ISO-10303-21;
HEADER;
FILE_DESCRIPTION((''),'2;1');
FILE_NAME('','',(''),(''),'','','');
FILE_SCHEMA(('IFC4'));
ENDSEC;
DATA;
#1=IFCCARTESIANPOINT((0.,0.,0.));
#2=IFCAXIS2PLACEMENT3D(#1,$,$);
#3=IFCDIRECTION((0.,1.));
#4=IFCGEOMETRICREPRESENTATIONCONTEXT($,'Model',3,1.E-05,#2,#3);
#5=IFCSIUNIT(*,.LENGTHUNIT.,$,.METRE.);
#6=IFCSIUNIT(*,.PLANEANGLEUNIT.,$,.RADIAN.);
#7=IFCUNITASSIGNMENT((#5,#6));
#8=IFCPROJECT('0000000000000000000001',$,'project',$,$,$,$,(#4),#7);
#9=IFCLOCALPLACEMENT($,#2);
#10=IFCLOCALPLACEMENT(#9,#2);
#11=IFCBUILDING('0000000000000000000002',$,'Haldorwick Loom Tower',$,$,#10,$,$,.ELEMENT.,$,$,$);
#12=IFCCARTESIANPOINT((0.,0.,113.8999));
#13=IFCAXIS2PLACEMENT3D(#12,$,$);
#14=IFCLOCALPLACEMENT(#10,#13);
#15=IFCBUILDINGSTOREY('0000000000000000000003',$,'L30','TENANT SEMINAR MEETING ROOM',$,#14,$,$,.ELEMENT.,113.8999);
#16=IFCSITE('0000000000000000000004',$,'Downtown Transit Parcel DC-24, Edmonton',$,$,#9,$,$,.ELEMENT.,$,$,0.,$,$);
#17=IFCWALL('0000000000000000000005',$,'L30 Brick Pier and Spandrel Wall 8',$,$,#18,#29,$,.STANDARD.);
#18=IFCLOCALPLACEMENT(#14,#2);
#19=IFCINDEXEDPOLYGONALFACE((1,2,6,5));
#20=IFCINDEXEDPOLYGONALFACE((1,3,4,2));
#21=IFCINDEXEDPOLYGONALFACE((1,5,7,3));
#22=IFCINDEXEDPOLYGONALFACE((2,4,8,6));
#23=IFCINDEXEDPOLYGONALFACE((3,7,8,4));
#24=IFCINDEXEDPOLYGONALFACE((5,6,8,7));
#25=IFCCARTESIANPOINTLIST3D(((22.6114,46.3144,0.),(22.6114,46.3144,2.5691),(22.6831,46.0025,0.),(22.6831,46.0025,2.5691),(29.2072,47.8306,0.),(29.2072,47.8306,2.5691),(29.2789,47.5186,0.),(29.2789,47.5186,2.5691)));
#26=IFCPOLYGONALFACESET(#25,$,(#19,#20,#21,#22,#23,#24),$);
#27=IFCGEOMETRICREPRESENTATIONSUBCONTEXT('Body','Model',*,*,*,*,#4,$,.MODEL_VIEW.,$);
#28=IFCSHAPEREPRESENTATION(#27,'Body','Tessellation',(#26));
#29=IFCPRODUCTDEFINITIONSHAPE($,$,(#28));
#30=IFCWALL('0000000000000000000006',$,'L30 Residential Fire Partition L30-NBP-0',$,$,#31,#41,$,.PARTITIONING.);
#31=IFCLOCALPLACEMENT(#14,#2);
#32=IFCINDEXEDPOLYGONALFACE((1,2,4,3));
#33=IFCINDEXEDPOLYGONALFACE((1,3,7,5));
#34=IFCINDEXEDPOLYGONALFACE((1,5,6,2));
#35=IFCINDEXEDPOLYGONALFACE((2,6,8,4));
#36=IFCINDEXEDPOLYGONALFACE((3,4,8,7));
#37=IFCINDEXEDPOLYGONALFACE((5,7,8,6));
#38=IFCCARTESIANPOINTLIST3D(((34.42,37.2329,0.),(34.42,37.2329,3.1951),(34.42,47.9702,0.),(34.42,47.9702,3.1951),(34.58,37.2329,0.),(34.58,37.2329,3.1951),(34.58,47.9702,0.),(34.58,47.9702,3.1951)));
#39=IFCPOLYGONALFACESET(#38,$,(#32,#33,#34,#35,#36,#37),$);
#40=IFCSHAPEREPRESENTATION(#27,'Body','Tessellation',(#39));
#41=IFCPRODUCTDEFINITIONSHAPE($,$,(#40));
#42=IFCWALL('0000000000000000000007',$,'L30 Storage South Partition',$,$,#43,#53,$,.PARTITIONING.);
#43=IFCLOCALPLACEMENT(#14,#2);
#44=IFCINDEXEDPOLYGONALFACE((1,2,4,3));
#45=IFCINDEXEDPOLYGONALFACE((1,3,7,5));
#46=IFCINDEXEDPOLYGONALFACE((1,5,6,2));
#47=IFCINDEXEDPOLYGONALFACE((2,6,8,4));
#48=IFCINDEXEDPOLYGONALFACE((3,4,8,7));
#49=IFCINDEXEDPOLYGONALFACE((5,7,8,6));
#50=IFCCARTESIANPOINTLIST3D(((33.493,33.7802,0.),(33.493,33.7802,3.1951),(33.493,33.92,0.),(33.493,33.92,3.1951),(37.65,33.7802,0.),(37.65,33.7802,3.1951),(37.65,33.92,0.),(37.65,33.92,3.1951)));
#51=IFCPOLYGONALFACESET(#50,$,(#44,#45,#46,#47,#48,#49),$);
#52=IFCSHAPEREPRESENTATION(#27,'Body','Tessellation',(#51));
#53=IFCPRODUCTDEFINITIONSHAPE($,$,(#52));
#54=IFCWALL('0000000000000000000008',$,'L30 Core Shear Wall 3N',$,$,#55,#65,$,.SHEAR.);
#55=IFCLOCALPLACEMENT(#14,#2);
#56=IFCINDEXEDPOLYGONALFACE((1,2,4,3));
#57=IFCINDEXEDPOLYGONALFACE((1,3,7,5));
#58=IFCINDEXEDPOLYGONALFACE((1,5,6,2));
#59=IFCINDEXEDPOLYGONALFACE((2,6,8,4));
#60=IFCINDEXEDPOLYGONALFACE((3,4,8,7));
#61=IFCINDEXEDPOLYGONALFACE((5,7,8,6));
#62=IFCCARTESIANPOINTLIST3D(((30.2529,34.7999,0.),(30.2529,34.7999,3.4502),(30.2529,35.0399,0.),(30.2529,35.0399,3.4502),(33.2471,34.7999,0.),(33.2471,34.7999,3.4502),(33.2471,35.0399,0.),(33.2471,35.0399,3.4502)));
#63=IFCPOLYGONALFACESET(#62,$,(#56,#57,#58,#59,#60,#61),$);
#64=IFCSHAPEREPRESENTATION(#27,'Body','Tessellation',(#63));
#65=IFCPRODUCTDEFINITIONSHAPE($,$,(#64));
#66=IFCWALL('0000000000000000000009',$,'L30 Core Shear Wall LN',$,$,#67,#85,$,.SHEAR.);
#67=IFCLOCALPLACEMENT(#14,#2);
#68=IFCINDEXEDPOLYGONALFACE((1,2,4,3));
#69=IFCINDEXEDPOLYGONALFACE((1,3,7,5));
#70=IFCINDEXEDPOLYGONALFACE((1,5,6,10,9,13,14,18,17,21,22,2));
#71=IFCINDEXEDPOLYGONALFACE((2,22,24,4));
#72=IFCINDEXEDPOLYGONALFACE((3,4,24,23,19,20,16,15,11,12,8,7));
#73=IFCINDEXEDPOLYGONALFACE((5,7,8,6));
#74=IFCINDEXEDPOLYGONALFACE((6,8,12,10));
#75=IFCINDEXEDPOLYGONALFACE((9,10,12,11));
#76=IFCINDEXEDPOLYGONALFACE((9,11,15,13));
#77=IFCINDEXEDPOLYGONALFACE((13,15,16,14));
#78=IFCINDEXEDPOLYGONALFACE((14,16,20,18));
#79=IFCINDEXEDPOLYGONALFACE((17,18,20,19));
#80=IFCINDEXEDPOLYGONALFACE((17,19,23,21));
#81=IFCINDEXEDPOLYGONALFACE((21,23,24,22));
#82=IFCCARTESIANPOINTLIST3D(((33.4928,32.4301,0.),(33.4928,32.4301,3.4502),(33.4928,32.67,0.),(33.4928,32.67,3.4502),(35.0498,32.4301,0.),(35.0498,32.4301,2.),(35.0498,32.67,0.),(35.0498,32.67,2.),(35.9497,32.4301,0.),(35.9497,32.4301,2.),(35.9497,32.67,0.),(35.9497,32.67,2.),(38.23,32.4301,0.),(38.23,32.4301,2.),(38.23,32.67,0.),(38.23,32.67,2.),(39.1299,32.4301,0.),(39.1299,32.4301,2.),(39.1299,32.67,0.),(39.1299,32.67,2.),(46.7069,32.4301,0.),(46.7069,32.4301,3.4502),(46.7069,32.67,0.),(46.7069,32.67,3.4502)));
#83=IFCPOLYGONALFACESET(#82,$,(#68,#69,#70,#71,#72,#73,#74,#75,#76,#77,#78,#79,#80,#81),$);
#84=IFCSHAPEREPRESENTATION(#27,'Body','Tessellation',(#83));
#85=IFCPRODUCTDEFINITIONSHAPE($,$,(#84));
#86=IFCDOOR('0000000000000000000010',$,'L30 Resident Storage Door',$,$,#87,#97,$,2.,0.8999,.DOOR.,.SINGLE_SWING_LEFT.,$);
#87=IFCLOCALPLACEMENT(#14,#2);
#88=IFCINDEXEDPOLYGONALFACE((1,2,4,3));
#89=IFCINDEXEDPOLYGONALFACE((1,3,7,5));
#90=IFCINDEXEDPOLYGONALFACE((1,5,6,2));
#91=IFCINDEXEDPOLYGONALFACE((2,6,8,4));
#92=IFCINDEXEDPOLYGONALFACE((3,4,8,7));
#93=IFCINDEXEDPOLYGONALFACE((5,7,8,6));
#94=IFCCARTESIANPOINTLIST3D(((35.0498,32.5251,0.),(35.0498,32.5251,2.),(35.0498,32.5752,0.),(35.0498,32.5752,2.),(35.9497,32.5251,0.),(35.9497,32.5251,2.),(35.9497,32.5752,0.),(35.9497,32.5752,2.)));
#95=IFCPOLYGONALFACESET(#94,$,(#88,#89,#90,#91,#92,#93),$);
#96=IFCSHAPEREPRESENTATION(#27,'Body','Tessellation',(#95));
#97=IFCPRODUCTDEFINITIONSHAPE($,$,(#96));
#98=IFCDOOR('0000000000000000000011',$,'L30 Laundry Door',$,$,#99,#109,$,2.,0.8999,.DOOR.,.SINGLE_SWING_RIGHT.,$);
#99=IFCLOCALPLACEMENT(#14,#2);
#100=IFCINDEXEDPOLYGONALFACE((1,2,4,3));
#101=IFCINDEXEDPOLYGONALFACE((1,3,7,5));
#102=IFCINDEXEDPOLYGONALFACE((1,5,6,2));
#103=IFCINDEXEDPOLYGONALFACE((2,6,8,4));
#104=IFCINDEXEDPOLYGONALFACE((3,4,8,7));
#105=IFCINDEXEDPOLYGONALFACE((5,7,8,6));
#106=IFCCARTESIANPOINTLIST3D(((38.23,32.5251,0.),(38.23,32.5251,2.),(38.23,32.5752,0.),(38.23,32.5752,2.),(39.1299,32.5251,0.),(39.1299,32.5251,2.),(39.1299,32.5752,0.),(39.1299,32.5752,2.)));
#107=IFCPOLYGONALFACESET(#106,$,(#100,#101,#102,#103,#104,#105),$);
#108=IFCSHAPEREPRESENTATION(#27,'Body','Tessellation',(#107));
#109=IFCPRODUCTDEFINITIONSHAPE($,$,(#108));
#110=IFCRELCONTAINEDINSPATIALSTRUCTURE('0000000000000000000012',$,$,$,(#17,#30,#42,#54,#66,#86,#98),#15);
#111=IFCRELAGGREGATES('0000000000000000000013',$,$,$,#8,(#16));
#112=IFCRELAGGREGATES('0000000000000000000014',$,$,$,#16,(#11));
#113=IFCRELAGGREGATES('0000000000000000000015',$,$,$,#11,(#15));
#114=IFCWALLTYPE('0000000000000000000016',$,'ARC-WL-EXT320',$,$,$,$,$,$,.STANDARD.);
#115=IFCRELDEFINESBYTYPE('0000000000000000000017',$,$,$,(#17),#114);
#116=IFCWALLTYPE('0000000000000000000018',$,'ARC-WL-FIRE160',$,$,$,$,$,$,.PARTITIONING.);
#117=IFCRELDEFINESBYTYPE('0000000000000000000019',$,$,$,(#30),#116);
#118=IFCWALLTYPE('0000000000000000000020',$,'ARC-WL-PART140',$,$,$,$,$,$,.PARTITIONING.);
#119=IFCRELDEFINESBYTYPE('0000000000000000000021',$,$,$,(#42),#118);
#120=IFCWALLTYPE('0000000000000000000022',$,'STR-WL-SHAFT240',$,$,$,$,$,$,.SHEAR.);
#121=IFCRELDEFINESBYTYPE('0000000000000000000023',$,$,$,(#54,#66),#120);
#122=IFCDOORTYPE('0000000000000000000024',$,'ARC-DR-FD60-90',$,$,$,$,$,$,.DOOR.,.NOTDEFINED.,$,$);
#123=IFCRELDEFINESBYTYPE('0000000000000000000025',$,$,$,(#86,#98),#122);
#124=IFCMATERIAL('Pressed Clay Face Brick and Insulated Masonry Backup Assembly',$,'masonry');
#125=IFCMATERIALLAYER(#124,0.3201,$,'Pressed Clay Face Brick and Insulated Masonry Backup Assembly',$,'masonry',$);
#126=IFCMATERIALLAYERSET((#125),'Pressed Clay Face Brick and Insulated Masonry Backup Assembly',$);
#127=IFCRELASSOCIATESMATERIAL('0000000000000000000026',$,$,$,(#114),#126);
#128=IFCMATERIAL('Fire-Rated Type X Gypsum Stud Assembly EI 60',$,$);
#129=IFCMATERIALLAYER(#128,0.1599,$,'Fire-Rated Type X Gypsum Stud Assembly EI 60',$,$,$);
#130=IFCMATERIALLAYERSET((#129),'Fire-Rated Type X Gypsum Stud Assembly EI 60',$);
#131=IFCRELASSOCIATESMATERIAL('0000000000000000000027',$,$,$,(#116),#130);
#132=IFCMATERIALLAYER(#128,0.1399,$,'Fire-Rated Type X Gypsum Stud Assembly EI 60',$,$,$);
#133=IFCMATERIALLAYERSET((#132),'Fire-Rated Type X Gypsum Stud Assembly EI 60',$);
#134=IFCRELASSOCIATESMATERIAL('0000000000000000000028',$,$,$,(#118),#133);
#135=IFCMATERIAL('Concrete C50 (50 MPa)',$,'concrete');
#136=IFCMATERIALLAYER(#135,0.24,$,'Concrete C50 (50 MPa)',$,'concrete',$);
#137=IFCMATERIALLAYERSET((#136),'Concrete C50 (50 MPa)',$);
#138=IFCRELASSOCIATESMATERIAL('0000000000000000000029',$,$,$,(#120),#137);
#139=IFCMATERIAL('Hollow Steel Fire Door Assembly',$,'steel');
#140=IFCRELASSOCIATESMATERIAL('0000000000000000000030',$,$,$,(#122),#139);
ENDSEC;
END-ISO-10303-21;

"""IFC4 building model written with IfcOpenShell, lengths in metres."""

from ifc_helpers import new_model, si_unit, direction, frame, frame_2d, origin, place, context, subcontext, project, spatial, rectangle, extrude, material, layer, layer_set, type_object, element, fill, save


model = new_model("IFC4")

# Units and contexts
model_context = context("Model", 3, precision=1e-05, world=origin(), true_north=direction((0.0, 1.0)))
body_context = subcontext(model_context, "Body", "Model", "MODEL_VIEW")
ifc_project = project(units=[si_unit("LENGTHUNIT", "METRE"), si_unit("PLANEANGLEUNIT", "RADIAN")], contexts=[model_context])

# Site, building, storey
site_placement = place(None, origin())
site = spatial("IfcSite", under=ifc_project, at=site_placement, Name="Downtown Transit Parcel DC-24, Edmonton", CompositionType="ELEMENT", RefElevation=0.0)
building_placement = place(site_placement, origin())
building = spatial("IfcBuilding", under=site, at=building_placement, Name="Haldorwick Loom Tower", CompositionType="ELEMENT")
storey_placement = place(building_placement, frame((0.0, 0.0, 113.8999)))
storey = spatial("IfcBuildingStorey", under=building, at=storey_placement, Name="L30", Description="TENANT SEMINAR MEETING ROOM", CompositionType="ELEMENT", Elevation=113.8999)

# Walls
ifc_material_1 = material(Name="Pressed Clay Face Brick and Insulated Masonry Backup Assembly", Category="masonry")
ifc_layer_1 = layer(ifc_material_1, 0.3201, Name="Pressed Clay Face Brick and Insulated Masonry Backup Assembly", Category="masonry")
ifc_layer_set_1 = layer_set([ifc_layer_1], Name="Pressed Clay Face Brick and Insulated Masonry Backup Assembly")
wall_type_1 = type_object("IfcWallType", Name="ARC-WL-EXT320", PredefinedType="STANDARD", material=ifc_layer_set_1)
wall_1_placement = place(storey_placement, frame((29.2429, 47.6746, 0.0), z_axis=(0.0, 0.0, 1.0), x_axis=(-0.974584, -0.224022, 0.0)))
element("IfcWall", 1, at=wall_1_placement, inside=storey, type_object=wall_type_1, Name="L30 Brick Pier and Spandrel Wall 8", PredefinedType="STANDARD", context=body_context, shape_type="SweptSolid", body=[
    extrude(rectangle(XDim=6.7678, YDim=0.3201, at=frame_2d((3.3838, 0.0))), origin(), (0.0, 0.0, 1.0), 2.5691),
])
ifc_material_2 = material(Name="Fire-Rated Type X Gypsum Stud Assembly EI 60")
ifc_layer_2 = layer(ifc_material_2, 0.1599, Name="Fire-Rated Type X Gypsum Stud Assembly EI 60")
ifc_layer_set_2 = layer_set([ifc_layer_2], Name="Fire-Rated Type X Gypsum Stud Assembly EI 60")
wall_type_2 = type_object("IfcWallType", Name="ARC-WL-FIRE160", PredefinedType="PARTITIONING", material=ifc_layer_set_2)
wall_2_placement = place(storey_placement, frame((34.5, 37.2329, 0.0), z_axis=(0.0, 0.0, 1.0), x_axis=(0.0, 1.0, 0.0)))
element("IfcWall", 2, at=wall_2_placement, inside=storey, type_object=wall_type_2, Name="L30 Residential Fire Partition L30-NBP-0", PredefinedType="PARTITIONING", context=body_context, shape_type="SweptSolid", body=[
    extrude(rectangle(XDim=10.7373, YDim=0.1599, at=frame_2d((5.3687, 0.0))), origin(), (0.0, 0.0, 1.0), 3.1951),
])
ifc_layer_3 = layer(ifc_material_2, 0.1399, Name="Fire-Rated Type X Gypsum Stud Assembly EI 60")
ifc_layer_set_3 = layer_set([ifc_layer_3], Name="Fire-Rated Type X Gypsum Stud Assembly EI 60")
wall_type_3 = type_object("IfcWallType", Name="ARC-WL-PART140", PredefinedType="PARTITIONING", material=ifc_layer_set_3)
wall_3_placement = place(storey_placement, frame((33.4929, 33.8501, 0.0), z_axis=(0.0, 0.0, 1.0), x_axis=(1.0, 0.0, 0.0)))
element("IfcWall", 3, at=wall_3_placement, inside=storey, type_object=wall_type_3, Name="L30 Storage South Partition", PredefinedType="PARTITIONING", context=body_context, shape_type="SweptSolid", body=[
    extrude(rectangle(XDim=4.157, YDim=0.1399, at=frame_2d((2.0786, 0.0))), origin(), (0.0, 0.0, 1.0), 3.1951),
])
ifc_material_3 = material(Name="Concrete C50 (50 MPa)", Category="concrete")
ifc_layer_4 = layer(ifc_material_3, 0.24, Name="Concrete C50 (50 MPa)", Category="concrete")
ifc_layer_set_4 = layer_set([ifc_layer_4], Name="Concrete C50 (50 MPa)")
wall_type_4 = type_object("IfcWallType", Name="STR-WL-SHAFT240", PredefinedType="SHEAR", material=ifc_layer_set_4)
wall_4_placement = place(storey_placement, frame((30.2529, 34.9199, 0.0), z_axis=(0.0, 0.0, 1.0), x_axis=(1.0, 0.0, 0.0)))
element("IfcWall", 4, at=wall_4_placement, inside=storey, type_object=wall_type_4, Name="L30 Core Shear Wall 3N", PredefinedType="SHEAR", context=body_context, shape_type="SweptSolid", body=[
    extrude(rectangle(XDim=2.9941, YDim=0.24, at=frame_2d((1.4971, 0.0))), origin(), (0.0, 0.0, 1.0), 3.4502),
])

# Wall, openings, doors
wall_5_placement = place(storey_placement, frame((33.4929, 32.55, 0.0), z_axis=(0.0, 0.0, 1.0), x_axis=(1.0, 0.0, 0.0)))
wall_5 = element("IfcWall", 5, at=wall_5_placement, inside=storey, type_object=wall_type_4, Name="L30 Core Shear Wall LN", PredefinedType="SHEAR", context=body_context, shape_type="SweptSolid", body=[
    extrude(rectangle(XDim=13.2141, YDim=0.24, at=frame_2d((6.6069, 0.0))), origin(), (0.0, 0.0, 1.0), 3.4502),
])
opening_1_placement = place(wall_5_placement, frame((1.5569, 0.0, 0.0)))
opening_1 = element("IfcOpeningElement", 6, at=opening_1_placement, cuts=wall_5, PredefinedType="OPENING", context=body_context, shape_type="SweptSolid", body=[
    extrude(rectangle(XDim=0.8999, YDim=2.0, at=frame_2d((0.45, 1.0))), frame((0.0, 0.1299, 0.0), z_axis=(0.0, -1.0, 0.0), x_axis=(1.0, 0.0, 0.0)), (0.0, 0.0, 1.0), 0.26),
])
opening_2_placement = place(wall_5_placement, frame((4.7371, 0.0, 0.0)))
opening_2 = element("IfcOpeningElement", 7, at=opening_2_placement, cuts=wall_5, PredefinedType="OPENING", context=body_context, shape_type="SweptSolid", body=[
    extrude(rectangle(XDim=0.8999, YDim=2.0, at=frame_2d((0.45, 1.0))), frame((0.0, 0.1299, 0.0), z_axis=(0.0, -1.0, 0.0), x_axis=(1.0, 0.0, 0.0)), (0.0, 0.0, 1.0), 0.26),
])
ifc_material_4 = material(Name="Hollow Steel Fire Door Assembly", Category="steel")
door_type = type_object("IfcDoorType", Name="ARC-DR-FD60-90", OperationType="NOTDEFINED", PredefinedType="DOOR", material=ifc_material_4)
door_1_placement = place(opening_1_placement, frame((0.8999, 0.0, 0.0), z_axis=(0.0, 0.0, 1.0), x_axis=(-1.0, 0.0, 0.0)))
door_1 = element("IfcDoor", 8, at=door_1_placement, inside=storey, type_object=door_type, Name="L30 Resident Storage Door", OperationType="SINGLE_SWING_LEFT", OverallHeight=2.0, OverallWidth=0.8999, PredefinedType="DOOR", context=body_context, shape_type="SweptSolid", body=[
    extrude(rectangle(XDim=0.8999, YDim=2.0, at=frame_2d((0.45, 1.0))), frame((0.0, 0.0249, 0.0), z_axis=(0.0, -1.0, 0.0), x_axis=(1.0, 0.0, 0.0)), (0.0, 0.0, 1.0), 0.05),
])
fill(opening_1, door_1)
door_2_placement = place(opening_2_placement, frame((0.8999, 0.0, 0.0), z_axis=(0.0, 0.0, 1.0), x_axis=(-1.0, 0.0, 0.0)))
door_2 = element("IfcDoor", 9, at=door_2_placement, inside=storey, type_object=door_type, Name="L30 Laundry Door", OperationType="SINGLE_SWING_RIGHT", OverallHeight=2.0, OverallWidth=0.8999, PredefinedType="DOOR", context=body_context, shape_type="SweptSolid", body=[
    extrude(rectangle(XDim=0.8999, YDim=2.0, at=frame_2d((0.45, 1.0))), frame((0.0, 0.0249, 0.0), z_axis=(0.0, -1.0, 0.0), x_axis=(1.0, 0.0, 0.0)), (0.0, 0.0, 1.0), 0.05),
])
fill(opening_2, door_2)

save(model, "model.ifc")
